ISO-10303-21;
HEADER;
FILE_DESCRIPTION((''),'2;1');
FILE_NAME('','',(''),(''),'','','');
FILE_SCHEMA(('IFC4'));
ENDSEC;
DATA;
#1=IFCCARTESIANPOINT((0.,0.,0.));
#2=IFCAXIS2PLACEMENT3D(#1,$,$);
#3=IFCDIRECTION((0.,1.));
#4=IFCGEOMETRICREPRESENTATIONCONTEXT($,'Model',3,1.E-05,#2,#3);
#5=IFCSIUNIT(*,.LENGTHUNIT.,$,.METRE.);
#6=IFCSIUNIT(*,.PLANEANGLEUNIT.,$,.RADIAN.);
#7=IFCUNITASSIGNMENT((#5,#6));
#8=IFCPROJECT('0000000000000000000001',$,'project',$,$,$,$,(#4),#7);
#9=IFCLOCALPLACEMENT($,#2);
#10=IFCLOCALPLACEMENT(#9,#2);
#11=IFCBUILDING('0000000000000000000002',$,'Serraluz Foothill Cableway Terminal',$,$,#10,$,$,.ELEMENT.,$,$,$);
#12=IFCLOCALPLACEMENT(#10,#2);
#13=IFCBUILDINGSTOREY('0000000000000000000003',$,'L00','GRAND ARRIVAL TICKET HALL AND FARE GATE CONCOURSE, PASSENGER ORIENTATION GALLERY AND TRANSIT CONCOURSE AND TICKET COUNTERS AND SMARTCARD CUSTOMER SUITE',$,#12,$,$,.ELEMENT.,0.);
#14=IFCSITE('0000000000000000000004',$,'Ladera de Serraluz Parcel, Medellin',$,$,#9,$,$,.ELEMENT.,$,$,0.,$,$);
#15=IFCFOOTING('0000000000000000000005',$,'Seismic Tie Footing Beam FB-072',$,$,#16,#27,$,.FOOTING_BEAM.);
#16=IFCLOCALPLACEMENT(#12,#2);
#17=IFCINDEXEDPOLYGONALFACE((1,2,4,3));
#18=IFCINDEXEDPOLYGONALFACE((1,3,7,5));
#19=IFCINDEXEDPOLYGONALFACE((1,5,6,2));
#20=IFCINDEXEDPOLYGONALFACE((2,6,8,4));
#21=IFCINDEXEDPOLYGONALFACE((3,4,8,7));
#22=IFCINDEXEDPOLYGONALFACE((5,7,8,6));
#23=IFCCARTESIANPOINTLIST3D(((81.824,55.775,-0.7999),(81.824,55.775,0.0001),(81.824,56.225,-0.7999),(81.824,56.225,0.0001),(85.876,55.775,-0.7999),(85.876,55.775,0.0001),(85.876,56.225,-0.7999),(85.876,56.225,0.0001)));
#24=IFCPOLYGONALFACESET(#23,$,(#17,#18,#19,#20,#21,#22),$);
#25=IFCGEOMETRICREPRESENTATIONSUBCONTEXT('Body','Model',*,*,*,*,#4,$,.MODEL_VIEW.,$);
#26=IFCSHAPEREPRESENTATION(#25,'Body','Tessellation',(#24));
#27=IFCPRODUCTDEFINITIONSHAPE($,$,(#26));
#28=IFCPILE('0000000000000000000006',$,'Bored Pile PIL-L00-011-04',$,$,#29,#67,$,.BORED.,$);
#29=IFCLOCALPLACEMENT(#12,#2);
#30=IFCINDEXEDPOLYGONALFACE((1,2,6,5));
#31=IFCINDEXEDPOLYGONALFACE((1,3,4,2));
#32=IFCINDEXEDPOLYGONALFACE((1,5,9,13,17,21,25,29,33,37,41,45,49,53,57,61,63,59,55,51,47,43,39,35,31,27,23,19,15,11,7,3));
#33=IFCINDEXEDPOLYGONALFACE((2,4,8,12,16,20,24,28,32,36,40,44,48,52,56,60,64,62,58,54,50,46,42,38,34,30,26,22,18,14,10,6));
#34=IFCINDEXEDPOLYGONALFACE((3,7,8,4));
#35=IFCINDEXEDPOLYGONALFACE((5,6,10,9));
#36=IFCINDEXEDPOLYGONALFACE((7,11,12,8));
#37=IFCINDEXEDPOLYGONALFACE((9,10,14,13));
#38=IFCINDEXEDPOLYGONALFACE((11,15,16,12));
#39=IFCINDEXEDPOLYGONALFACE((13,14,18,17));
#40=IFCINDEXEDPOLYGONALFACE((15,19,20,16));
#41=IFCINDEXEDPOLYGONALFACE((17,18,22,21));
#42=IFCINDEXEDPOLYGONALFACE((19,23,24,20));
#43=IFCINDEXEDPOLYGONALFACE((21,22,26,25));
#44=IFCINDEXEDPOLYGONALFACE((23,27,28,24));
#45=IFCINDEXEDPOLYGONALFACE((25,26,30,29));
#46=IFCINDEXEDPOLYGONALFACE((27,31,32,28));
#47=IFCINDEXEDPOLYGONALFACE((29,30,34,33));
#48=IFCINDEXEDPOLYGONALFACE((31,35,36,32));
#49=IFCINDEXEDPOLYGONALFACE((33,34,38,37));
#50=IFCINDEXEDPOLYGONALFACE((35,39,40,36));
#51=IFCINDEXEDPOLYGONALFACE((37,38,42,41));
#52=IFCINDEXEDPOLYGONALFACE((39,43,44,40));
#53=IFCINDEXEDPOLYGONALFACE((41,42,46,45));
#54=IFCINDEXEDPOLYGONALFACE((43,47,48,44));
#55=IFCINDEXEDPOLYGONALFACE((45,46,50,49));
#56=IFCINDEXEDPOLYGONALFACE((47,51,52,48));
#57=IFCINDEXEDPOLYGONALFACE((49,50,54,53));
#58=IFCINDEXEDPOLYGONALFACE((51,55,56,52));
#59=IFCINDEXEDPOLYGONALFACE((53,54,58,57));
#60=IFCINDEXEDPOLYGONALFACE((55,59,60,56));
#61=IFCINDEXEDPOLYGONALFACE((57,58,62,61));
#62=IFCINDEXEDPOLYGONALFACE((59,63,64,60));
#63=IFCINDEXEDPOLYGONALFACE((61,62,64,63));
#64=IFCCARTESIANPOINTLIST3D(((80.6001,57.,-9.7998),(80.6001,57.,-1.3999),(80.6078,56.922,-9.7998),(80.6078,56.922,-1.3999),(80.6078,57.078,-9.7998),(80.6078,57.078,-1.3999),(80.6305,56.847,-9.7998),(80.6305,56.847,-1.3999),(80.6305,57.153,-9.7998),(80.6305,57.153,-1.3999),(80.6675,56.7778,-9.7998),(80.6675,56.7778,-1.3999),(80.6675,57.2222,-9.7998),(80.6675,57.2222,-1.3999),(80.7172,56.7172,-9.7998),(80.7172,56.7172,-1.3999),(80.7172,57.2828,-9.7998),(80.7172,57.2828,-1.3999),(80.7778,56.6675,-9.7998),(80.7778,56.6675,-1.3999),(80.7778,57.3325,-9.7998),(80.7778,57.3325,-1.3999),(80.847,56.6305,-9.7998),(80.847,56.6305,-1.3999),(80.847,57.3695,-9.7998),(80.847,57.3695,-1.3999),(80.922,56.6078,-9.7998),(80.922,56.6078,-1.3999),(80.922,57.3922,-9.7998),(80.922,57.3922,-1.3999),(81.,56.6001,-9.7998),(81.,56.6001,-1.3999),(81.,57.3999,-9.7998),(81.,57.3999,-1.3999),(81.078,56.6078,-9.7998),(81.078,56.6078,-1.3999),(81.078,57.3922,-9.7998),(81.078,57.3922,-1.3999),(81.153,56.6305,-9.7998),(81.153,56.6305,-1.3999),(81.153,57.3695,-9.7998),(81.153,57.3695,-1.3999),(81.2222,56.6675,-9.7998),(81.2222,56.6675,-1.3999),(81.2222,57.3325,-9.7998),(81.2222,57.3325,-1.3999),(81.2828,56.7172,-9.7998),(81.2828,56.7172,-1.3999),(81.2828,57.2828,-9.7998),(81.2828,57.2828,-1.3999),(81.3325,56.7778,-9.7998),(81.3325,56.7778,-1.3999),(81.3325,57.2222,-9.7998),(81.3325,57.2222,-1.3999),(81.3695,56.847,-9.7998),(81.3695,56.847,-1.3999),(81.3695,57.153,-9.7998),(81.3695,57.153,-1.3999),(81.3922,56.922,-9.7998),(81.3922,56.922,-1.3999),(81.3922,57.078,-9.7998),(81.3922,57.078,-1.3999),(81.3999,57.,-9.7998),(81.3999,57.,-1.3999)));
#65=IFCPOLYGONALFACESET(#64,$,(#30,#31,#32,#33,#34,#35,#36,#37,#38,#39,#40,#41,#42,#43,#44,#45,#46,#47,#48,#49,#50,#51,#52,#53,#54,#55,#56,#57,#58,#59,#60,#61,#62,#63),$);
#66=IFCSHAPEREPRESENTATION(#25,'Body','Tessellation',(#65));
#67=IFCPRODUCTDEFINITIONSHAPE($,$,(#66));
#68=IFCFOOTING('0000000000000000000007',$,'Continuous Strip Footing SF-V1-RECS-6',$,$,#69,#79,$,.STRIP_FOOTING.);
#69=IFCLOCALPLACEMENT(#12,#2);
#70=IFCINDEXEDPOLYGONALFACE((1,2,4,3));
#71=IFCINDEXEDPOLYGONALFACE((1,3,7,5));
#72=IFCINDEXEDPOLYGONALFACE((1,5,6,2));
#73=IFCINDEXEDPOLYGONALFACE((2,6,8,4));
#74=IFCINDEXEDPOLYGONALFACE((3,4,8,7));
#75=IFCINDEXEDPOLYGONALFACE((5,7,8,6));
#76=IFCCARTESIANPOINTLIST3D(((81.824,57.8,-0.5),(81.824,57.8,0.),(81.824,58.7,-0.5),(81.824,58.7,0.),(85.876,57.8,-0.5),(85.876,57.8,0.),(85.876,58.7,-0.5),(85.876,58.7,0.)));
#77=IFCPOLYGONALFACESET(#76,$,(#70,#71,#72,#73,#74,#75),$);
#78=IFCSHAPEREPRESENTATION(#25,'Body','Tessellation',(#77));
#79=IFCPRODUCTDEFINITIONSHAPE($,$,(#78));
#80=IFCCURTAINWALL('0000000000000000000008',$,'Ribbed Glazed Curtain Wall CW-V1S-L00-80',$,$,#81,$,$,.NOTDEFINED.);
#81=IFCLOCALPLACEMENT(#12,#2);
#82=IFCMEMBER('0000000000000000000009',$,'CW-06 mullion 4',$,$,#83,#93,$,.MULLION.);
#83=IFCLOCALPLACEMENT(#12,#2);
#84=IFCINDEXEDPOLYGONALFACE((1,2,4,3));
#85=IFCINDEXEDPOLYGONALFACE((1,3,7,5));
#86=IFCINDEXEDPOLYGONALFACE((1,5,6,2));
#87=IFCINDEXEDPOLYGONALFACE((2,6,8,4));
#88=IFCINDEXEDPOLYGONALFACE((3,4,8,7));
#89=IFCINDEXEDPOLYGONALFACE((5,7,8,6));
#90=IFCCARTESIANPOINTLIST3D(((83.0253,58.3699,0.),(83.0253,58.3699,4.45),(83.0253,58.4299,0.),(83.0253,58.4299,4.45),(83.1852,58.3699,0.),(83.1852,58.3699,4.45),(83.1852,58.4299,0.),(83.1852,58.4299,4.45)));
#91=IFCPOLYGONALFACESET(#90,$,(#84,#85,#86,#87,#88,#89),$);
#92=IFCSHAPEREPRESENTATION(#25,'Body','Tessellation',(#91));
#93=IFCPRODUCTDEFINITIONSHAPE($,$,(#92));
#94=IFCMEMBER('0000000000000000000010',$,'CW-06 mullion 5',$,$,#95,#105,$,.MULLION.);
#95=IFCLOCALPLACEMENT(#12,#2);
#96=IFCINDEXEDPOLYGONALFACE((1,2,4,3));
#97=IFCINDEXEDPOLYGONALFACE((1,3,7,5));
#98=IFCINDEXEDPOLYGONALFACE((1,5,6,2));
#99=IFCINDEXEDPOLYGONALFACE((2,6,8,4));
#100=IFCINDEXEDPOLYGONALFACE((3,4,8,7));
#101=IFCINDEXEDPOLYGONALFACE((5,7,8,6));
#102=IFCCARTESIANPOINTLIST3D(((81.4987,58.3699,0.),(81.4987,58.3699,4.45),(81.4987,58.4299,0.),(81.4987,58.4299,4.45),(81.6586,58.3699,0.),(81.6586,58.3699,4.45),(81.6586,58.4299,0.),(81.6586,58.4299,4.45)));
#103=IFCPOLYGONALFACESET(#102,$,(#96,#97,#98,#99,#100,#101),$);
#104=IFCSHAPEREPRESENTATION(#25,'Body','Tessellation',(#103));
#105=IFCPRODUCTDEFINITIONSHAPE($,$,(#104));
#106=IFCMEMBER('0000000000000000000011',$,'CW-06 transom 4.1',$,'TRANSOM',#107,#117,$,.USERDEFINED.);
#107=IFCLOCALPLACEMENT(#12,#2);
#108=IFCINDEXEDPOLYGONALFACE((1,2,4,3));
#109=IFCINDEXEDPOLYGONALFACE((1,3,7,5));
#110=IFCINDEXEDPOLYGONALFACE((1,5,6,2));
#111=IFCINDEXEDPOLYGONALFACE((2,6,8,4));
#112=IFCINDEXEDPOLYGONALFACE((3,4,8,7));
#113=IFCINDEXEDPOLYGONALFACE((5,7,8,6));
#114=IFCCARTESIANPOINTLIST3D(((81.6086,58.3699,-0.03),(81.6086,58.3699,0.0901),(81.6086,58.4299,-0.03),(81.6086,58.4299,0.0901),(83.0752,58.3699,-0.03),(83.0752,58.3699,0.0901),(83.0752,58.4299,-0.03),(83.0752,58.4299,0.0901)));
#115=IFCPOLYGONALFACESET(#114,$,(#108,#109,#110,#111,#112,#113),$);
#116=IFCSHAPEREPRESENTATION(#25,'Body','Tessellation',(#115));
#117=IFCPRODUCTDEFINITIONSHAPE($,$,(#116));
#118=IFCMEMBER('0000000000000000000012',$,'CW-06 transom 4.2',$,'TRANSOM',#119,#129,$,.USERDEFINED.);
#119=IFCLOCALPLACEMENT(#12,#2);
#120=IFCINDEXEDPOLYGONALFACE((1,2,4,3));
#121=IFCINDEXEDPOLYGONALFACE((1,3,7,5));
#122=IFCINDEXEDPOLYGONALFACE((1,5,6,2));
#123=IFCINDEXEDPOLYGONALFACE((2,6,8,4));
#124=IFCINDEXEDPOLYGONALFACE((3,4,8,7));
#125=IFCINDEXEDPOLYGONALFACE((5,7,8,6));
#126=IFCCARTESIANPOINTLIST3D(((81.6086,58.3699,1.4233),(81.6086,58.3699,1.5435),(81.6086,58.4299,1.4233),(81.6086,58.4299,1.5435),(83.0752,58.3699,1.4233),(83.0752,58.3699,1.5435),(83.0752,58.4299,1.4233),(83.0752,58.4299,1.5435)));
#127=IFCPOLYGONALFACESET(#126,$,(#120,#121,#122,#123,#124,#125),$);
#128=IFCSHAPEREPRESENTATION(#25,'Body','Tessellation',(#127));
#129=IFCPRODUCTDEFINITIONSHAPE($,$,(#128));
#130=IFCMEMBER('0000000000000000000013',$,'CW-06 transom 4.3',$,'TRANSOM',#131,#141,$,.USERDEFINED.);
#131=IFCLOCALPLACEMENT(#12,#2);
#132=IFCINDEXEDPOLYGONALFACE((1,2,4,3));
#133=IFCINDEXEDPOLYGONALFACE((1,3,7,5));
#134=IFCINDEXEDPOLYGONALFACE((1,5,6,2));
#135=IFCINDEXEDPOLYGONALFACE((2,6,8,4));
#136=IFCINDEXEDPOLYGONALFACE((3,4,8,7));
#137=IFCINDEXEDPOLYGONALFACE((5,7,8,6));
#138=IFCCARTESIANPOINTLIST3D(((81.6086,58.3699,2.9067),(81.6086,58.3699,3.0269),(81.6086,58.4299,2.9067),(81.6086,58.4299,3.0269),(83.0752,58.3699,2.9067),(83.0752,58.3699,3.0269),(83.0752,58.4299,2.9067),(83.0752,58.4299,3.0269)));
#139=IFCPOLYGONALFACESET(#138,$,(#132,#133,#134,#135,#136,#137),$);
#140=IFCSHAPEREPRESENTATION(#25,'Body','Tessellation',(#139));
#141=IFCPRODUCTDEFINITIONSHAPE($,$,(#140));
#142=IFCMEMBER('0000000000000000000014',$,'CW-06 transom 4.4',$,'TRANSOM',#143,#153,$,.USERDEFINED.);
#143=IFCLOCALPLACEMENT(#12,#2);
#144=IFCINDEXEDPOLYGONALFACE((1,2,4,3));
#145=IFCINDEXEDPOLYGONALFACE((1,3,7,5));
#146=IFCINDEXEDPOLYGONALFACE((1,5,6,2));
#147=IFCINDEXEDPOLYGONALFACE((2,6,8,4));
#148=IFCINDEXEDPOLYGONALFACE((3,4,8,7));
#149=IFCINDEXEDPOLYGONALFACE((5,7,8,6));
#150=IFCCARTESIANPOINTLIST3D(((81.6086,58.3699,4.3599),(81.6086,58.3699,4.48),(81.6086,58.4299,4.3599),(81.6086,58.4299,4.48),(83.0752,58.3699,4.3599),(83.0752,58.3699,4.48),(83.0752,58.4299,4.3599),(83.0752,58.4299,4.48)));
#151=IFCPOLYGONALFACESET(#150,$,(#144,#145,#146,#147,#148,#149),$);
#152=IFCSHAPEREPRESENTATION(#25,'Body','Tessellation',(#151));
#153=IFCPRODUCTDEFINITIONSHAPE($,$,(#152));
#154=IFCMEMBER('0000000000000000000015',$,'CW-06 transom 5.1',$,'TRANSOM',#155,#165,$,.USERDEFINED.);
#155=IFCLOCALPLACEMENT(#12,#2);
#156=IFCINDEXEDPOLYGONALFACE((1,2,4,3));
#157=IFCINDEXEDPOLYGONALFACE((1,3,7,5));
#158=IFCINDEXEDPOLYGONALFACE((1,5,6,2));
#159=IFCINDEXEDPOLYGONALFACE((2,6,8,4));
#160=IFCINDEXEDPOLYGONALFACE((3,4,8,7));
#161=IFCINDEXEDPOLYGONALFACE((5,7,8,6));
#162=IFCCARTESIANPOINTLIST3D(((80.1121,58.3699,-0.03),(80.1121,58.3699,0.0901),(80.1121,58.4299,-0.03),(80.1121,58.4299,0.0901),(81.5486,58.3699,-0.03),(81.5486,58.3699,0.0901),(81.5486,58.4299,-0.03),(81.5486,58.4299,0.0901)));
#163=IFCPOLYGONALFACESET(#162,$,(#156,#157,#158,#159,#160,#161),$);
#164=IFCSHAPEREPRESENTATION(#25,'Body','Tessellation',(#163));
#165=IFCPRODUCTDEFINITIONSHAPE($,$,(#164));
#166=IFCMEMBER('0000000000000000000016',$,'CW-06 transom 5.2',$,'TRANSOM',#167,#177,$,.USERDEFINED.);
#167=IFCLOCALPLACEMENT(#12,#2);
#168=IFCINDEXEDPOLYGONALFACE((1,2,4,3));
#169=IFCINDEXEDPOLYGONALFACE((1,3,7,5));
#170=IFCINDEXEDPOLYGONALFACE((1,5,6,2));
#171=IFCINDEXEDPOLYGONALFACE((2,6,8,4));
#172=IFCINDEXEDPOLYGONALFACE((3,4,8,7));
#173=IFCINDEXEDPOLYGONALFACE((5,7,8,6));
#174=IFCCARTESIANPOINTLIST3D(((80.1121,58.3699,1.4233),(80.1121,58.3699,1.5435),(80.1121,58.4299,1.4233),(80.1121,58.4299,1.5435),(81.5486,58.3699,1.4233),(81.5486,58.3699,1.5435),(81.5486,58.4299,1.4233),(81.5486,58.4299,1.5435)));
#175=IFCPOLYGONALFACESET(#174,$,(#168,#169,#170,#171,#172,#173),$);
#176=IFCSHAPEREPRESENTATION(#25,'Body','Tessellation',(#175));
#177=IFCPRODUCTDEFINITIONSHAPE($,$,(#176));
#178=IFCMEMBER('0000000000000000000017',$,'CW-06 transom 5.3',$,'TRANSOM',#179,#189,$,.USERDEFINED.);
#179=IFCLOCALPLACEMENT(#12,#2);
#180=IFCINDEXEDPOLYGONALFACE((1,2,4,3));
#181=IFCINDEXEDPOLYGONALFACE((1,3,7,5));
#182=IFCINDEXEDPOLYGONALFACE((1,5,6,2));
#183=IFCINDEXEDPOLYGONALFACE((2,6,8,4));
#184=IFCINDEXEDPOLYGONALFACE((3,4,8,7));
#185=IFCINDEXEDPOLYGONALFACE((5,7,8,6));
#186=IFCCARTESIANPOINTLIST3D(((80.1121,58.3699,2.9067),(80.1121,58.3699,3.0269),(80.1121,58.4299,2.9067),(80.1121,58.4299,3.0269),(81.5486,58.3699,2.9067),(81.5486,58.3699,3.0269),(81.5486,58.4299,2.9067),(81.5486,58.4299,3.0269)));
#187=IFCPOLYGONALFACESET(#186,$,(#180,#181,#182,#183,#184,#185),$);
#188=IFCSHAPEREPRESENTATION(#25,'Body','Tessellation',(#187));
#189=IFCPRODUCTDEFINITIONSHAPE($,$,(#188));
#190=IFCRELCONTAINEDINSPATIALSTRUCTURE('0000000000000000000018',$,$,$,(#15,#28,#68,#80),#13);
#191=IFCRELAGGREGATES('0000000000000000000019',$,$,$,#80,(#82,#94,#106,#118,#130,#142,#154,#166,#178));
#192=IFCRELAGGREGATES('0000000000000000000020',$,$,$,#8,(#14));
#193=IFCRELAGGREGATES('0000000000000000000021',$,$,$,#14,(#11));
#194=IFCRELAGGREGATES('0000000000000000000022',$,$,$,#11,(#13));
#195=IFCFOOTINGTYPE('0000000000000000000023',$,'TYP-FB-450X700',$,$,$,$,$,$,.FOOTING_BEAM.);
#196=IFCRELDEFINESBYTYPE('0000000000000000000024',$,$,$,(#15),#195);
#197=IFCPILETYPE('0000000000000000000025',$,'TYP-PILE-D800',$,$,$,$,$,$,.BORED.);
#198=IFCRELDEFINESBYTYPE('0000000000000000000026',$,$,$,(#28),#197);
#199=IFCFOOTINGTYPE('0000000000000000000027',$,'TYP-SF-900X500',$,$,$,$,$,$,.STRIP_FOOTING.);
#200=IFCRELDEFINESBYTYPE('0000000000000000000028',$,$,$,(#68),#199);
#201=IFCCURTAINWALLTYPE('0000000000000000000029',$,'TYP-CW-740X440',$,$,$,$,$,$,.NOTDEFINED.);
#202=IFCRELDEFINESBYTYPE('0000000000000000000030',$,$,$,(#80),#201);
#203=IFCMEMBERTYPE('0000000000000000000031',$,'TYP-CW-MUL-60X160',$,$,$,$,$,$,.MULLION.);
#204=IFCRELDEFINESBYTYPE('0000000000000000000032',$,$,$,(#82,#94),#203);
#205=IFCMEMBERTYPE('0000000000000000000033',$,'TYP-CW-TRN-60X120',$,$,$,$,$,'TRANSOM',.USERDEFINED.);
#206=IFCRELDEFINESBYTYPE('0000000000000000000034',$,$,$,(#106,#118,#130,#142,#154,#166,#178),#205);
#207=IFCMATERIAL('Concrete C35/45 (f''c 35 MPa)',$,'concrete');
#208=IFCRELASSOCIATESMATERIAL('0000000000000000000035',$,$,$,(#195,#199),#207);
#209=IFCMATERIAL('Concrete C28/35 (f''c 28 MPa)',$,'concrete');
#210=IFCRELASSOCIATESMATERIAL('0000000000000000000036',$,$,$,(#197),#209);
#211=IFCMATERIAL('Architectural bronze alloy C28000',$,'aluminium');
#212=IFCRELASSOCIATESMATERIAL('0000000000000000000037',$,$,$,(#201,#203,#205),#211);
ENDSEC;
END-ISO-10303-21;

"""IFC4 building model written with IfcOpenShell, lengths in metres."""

from ifc_helpers import new_model, si_unit, direction, frame, origin, origin_2d, place, context, subcontext, project, spatial, rectangle, circle, extrude, material, material_profile, profile_set, type_object, element, aggregate, save


model = new_model("IFC4")

# Units and contexts
model_context = context("Model", 3, precision=1e-05, world=origin(), true_north=direction((0.0, 1.0)))
body_context = subcontext(model_context, "Body", "Model", "MODEL_VIEW")
ifc_project = project(units=[si_unit("LENGTHUNIT", "METRE"), si_unit("PLANEANGLEUNIT", "RADIAN")], contexts=[model_context])

# Site, building, storey
site_placement = place(None, origin())
site = spatial("IfcSite", under=ifc_project, at=site_placement, Name="Ladera de Serraluz Parcel, Medellin", CompositionType="ELEMENT", RefElevation=0.0)
building_placement = place(site_placement, origin())
building = spatial("IfcBuilding", under=site, at=building_placement, Name="Serraluz Foothill Cableway Terminal", CompositionType="ELEMENT")
storey_placement = place(building_placement, origin())
storey = spatial("IfcBuildingStorey", under=building, at=storey_placement, Name="L00", Description="GRAND ARRIVAL TICKET HALL AND FARE GATE CONCOURSE, PASSENGER ORIENTATION GALLERY AND TRANSIT CONCOURSE AND TICKET COUNTERS AND SMARTCARD CUSTOMER SUITE", CompositionType="ELEMENT", Elevation=0.0)

# Footing
ifc_material_1 = material(Name="Concrete C35/45 (f'c 35 MPa)", Category="concrete")
ifc_material_profile_1 = material_profile(ifc_material_1, rectangle(XDim=0.45, YDim=0.8, at=origin_2d()), Name="RC 450x800")
ifc_profile_set_1 = profile_set([ifc_material_profile_1], Name="Concrete C35/45 (f'c 35 MPa)")
footing_type_1 = type_object("IfcFootingType", Name="TYP-FB-450X700", PredefinedType="FOOTING_BEAM", material=ifc_profile_set_1)
footing_1_placement = place(storey_placement, frame((81.824, 56.0, -0.3999), z_axis=(1.0, 0.0, 0.0), x_axis=(0.0, 1.0, 0.0)))
element("IfcFooting", 1, at=footing_1_placement, inside=storey, type_object=footing_type_1, Name="Seismic Tie Footing Beam FB-072", PredefinedType="FOOTING_BEAM", context=body_context, shape_type="SweptSolid", body=[
    extrude(rectangle(XDim=0.45, YDim=0.8, at=origin_2d()), origin(), (0.0, 0.0, 1.0), 4.052),
])

# Pile
ifc_material_2 = material(Name="Concrete C28/35 (f'c 28 MPa)", Category="concrete")
ifc_material_profile_2 = material_profile(ifc_material_2, circle(Radius=0.3999, at=origin_2d()), Name="BORED PILE D800")
ifc_profile_set_2 = profile_set([ifc_material_profile_2], Name="Concrete C28/35 (f'c 28 MPa)")
pile_type = type_object("IfcPileType", Name="TYP-PILE-D800", PredefinedType="BORED", material=ifc_profile_set_2)
pile_placement = place(storey_placement, frame((81.0, 57.0, -1.3999), z_axis=(0.0, 0.0, -1.0), x_axis=(1.0, 0.0, 0.0)))
element("IfcPile", 2, at=pile_placement, inside=storey, type_object=pile_type, Name="Bored Pile PIL-L00-011-04", PredefinedType="BORED", context=body_context, shape_type="SweptSolid", body=[
    extrude(circle(Radius=0.3999, at=origin_2d()), origin(), (0.0, 0.0, 1.0), 8.3999),
])

# Footing
ifc_material_profile_3 = material_profile(ifc_material_1, rectangle(XDim=0.8999, YDim=0.5, at=origin_2d()), Name="SF 900x500")
ifc_profile_set_3 = profile_set([ifc_material_profile_3], Name="Concrete C35/45 (f'c 35 MPa)")
footing_type_2 = type_object("IfcFootingType", Name="TYP-SF-900X500", PredefinedType="STRIP_FOOTING", material=ifc_profile_set_3)
footing_2_placement = place(storey_placement, frame((81.824, 58.25, -0.25), z_axis=(1.0, 0.0, 0.0), x_axis=(0.0, 1.0, 0.0)))
element("IfcFooting", 3, at=footing_2_placement, inside=storey, type_object=footing_type_2, Name="Continuous Strip Footing SF-V1-RECS-6", PredefinedType="STRIP_FOOTING", context=body_context, shape_type="SweptSolid", body=[
    extrude(rectangle(XDim=0.8999, YDim=0.5, at=origin_2d()), origin(), (0.0, 0.0, 1.0), 4.052),
])

# Curtain wall, members
ifc_material_3 = material(Name="Architectural bronze alloy C28000", Category="aluminium")
curtain_wall_type = type_object("IfcCurtainWallType", Name="TYP-CW-740X440", PredefinedType="NOTDEFINED", material=ifc_material_3)
curtain_wall_placement = place(storey_placement, origin())
curtain_wall = element("IfcCurtainWall", 4, at=curtain_wall_placement, inside=storey, type_object=curtain_wall_type, Name="Ribbed Glazed Curtain Wall CW-V1S-L00-80", PredefinedType="NOTDEFINED")
ifc_material_profile_4 = material_profile(ifc_material_3, rectangle(XDim=0.0601, YDim=0.1599, at=origin_2d()), Name="ALU MULLION 60x160")
ifc_profile_set_4 = profile_set([ifc_material_profile_4], Name="Architectural bronze alloy C28000")
member_type_1 = type_object("IfcMemberType", Name="TYP-CW-MUL-60X160", PredefinedType="MULLION", material=ifc_profile_set_4)
member_1_placement = place(storey_placement, frame((83.1052, 58.3999, 0.0), z_axis=(0.0, 0.0, 1.0), x_axis=(0.0, -1.0, 0.0)))
member_1 = element("IfcMember", 5, at=member_1_placement, type_object=member_type_1, Name="CW-06 mullion 4", PredefinedType="MULLION", context=body_context, shape_type="SweptSolid", body=[
    extrude(rectangle(XDim=0.0601, YDim=0.1599, at=origin_2d()), origin(), (0.0, 0.0, 1.0), 4.45),
])
member_2_placement = place(storey_placement, frame((81.5786, 58.3999, 0.0), z_axis=(0.0, 0.0, 1.0), x_axis=(0.0, -1.0, 0.0)))
member_2 = element("IfcMember", 6, at=member_2_placement, type_object=member_type_1, Name="CW-06 mullion 5", PredefinedType="MULLION", context=body_context, shape_type="SweptSolid", body=[
    extrude(rectangle(XDim=0.0601, YDim=0.1599, at=origin_2d()), origin(), (0.0, 0.0, 1.0), 4.45),
])
ifc_material_profile_5 = material_profile(ifc_material_3, rectangle(XDim=0.0601, YDim=0.1201, at=origin_2d()), Name="ALU TRANSOM 60x120")
ifc_profile_set_5 = profile_set([ifc_material_profile_5], Name="Architectural bronze alloy C28000")
member_type_2 = type_object("IfcMemberType", Name="TYP-CW-TRN-60X120", ElementType="TRANSOM", PredefinedType="USERDEFINED", material=ifc_profile_set_5)
member_3_placement = place(storey_placement, frame((83.0752, 58.3999, 0.03), z_axis=(-1.0, 0.0, 0.0), x_axis=(0.0, -1.0, 0.0)))
member_3 = element("IfcMember", 7, at=member_3_placement, type_object=member_type_2, Name="CW-06 transom 4.1", ObjectType="TRANSOM", PredefinedType="USERDEFINED", context=body_context, shape_type="SweptSolid", body=[
    extrude(rectangle(XDim=0.0601, YDim=0.1201, at=origin_2d()), origin(), (0.0, 0.0, 1.0), 1.4666),
])
member_4_placement = place(storey_placement, frame((83.0752, 58.3999, 1.4834), z_axis=(-1.0, 0.0, 0.0), x_axis=(0.0, -1.0, 0.0)))
member_4 = element("IfcMember", 8, at=member_4_placement, type_object=member_type_2, Name="CW-06 transom 4.2", ObjectType="TRANSOM", PredefinedType="USERDEFINED", context=body_context, shape_type="SweptSolid", body=[
    extrude(rectangle(XDim=0.0601, YDim=0.1201, at=origin_2d()), origin(), (0.0, 0.0, 1.0), 1.4666),
])
member_5_placement = place(storey_placement, frame((83.0752, 58.3999, 2.9668), z_axis=(-1.0, 0.0, 0.0), x_axis=(0.0, -1.0, 0.0)))
member_5 = element("IfcMember", 9, at=member_5_placement, type_object=member_type_2, Name="CW-06 transom 4.3", ObjectType="TRANSOM", PredefinedType="USERDEFINED", context=body_context, shape_type="SweptSolid", body=[
    extrude(rectangle(XDim=0.0601, YDim=0.1201, at=origin_2d()), origin(), (0.0, 0.0, 1.0), 1.4666),
])
member_6_placement = place(storey_placement, frame((83.0752, 58.3999, 4.4199), z_axis=(-1.0, 0.0, 0.0), x_axis=(0.0, -1.0, 0.0)))
member_6 = element("IfcMember", 10, at=member_6_placement, type_object=member_type_2, Name="CW-06 transom 4.4", ObjectType="TRANSOM", PredefinedType="USERDEFINED", context=body_context, shape_type="SweptSolid", body=[
    extrude(rectangle(XDim=0.0601, YDim=0.1201, at=origin_2d()), origin(), (0.0, 0.0, 1.0), 1.4666),
])
member_7_placement = place(storey_placement, frame((81.5486, 58.3999, 0.03), z_axis=(-1.0, 0.0, 0.0), x_axis=(0.0, -1.0, 0.0)))
member_7 = element("IfcMember", 11, at=member_7_placement, type_object=member_type_2, Name="CW-06 transom 5.1", ObjectType="TRANSOM", PredefinedType="USERDEFINED", context=body_context, shape_type="SweptSolid", body=[
    extrude(rectangle(XDim=0.0601, YDim=0.1201, at=origin_2d()), origin(), (0.0, 0.0, 1.0), 1.4365),
])
member_8_placement = place(storey_placement, frame((81.5486, 58.3999, 1.4834), z_axis=(-1.0, 0.0, 0.0), x_axis=(0.0, -1.0, 0.0)))
member_8 = element("IfcMember", 12, at=member_8_placement, type_object=member_type_2, Name="CW-06 transom 5.2", ObjectType="TRANSOM", PredefinedType="USERDEFINED", context=body_context, shape_type="SweptSolid", body=[
    extrude(rectangle(XDim=0.0601, YDim=0.1201, at=origin_2d()), origin(), (0.0, 0.0, 1.0), 1.4365),
])
member_9_placement = place(storey_placement, frame((81.5486, 58.3999, 2.9668), z_axis=(-1.0, 0.0, 0.0), x_axis=(0.0, -1.0, 0.0)))
member_9 = element("IfcMember", 13, at=member_9_placement, type_object=member_type_2, Name="CW-06 transom 5.3", ObjectType="TRANSOM", PredefinedType="USERDEFINED", context=body_context, shape_type="SweptSolid", body=[
    extrude(rectangle(XDim=0.0601, YDim=0.1201, at=origin_2d()), origin(), (0.0, 0.0, 1.0), 1.4365),
])

aggregate(curtain_wall, [member_1, member_2, member_3, member_4, member_5, member_6, member_7, member_8, member_9])

save(model, "model.ifc")
